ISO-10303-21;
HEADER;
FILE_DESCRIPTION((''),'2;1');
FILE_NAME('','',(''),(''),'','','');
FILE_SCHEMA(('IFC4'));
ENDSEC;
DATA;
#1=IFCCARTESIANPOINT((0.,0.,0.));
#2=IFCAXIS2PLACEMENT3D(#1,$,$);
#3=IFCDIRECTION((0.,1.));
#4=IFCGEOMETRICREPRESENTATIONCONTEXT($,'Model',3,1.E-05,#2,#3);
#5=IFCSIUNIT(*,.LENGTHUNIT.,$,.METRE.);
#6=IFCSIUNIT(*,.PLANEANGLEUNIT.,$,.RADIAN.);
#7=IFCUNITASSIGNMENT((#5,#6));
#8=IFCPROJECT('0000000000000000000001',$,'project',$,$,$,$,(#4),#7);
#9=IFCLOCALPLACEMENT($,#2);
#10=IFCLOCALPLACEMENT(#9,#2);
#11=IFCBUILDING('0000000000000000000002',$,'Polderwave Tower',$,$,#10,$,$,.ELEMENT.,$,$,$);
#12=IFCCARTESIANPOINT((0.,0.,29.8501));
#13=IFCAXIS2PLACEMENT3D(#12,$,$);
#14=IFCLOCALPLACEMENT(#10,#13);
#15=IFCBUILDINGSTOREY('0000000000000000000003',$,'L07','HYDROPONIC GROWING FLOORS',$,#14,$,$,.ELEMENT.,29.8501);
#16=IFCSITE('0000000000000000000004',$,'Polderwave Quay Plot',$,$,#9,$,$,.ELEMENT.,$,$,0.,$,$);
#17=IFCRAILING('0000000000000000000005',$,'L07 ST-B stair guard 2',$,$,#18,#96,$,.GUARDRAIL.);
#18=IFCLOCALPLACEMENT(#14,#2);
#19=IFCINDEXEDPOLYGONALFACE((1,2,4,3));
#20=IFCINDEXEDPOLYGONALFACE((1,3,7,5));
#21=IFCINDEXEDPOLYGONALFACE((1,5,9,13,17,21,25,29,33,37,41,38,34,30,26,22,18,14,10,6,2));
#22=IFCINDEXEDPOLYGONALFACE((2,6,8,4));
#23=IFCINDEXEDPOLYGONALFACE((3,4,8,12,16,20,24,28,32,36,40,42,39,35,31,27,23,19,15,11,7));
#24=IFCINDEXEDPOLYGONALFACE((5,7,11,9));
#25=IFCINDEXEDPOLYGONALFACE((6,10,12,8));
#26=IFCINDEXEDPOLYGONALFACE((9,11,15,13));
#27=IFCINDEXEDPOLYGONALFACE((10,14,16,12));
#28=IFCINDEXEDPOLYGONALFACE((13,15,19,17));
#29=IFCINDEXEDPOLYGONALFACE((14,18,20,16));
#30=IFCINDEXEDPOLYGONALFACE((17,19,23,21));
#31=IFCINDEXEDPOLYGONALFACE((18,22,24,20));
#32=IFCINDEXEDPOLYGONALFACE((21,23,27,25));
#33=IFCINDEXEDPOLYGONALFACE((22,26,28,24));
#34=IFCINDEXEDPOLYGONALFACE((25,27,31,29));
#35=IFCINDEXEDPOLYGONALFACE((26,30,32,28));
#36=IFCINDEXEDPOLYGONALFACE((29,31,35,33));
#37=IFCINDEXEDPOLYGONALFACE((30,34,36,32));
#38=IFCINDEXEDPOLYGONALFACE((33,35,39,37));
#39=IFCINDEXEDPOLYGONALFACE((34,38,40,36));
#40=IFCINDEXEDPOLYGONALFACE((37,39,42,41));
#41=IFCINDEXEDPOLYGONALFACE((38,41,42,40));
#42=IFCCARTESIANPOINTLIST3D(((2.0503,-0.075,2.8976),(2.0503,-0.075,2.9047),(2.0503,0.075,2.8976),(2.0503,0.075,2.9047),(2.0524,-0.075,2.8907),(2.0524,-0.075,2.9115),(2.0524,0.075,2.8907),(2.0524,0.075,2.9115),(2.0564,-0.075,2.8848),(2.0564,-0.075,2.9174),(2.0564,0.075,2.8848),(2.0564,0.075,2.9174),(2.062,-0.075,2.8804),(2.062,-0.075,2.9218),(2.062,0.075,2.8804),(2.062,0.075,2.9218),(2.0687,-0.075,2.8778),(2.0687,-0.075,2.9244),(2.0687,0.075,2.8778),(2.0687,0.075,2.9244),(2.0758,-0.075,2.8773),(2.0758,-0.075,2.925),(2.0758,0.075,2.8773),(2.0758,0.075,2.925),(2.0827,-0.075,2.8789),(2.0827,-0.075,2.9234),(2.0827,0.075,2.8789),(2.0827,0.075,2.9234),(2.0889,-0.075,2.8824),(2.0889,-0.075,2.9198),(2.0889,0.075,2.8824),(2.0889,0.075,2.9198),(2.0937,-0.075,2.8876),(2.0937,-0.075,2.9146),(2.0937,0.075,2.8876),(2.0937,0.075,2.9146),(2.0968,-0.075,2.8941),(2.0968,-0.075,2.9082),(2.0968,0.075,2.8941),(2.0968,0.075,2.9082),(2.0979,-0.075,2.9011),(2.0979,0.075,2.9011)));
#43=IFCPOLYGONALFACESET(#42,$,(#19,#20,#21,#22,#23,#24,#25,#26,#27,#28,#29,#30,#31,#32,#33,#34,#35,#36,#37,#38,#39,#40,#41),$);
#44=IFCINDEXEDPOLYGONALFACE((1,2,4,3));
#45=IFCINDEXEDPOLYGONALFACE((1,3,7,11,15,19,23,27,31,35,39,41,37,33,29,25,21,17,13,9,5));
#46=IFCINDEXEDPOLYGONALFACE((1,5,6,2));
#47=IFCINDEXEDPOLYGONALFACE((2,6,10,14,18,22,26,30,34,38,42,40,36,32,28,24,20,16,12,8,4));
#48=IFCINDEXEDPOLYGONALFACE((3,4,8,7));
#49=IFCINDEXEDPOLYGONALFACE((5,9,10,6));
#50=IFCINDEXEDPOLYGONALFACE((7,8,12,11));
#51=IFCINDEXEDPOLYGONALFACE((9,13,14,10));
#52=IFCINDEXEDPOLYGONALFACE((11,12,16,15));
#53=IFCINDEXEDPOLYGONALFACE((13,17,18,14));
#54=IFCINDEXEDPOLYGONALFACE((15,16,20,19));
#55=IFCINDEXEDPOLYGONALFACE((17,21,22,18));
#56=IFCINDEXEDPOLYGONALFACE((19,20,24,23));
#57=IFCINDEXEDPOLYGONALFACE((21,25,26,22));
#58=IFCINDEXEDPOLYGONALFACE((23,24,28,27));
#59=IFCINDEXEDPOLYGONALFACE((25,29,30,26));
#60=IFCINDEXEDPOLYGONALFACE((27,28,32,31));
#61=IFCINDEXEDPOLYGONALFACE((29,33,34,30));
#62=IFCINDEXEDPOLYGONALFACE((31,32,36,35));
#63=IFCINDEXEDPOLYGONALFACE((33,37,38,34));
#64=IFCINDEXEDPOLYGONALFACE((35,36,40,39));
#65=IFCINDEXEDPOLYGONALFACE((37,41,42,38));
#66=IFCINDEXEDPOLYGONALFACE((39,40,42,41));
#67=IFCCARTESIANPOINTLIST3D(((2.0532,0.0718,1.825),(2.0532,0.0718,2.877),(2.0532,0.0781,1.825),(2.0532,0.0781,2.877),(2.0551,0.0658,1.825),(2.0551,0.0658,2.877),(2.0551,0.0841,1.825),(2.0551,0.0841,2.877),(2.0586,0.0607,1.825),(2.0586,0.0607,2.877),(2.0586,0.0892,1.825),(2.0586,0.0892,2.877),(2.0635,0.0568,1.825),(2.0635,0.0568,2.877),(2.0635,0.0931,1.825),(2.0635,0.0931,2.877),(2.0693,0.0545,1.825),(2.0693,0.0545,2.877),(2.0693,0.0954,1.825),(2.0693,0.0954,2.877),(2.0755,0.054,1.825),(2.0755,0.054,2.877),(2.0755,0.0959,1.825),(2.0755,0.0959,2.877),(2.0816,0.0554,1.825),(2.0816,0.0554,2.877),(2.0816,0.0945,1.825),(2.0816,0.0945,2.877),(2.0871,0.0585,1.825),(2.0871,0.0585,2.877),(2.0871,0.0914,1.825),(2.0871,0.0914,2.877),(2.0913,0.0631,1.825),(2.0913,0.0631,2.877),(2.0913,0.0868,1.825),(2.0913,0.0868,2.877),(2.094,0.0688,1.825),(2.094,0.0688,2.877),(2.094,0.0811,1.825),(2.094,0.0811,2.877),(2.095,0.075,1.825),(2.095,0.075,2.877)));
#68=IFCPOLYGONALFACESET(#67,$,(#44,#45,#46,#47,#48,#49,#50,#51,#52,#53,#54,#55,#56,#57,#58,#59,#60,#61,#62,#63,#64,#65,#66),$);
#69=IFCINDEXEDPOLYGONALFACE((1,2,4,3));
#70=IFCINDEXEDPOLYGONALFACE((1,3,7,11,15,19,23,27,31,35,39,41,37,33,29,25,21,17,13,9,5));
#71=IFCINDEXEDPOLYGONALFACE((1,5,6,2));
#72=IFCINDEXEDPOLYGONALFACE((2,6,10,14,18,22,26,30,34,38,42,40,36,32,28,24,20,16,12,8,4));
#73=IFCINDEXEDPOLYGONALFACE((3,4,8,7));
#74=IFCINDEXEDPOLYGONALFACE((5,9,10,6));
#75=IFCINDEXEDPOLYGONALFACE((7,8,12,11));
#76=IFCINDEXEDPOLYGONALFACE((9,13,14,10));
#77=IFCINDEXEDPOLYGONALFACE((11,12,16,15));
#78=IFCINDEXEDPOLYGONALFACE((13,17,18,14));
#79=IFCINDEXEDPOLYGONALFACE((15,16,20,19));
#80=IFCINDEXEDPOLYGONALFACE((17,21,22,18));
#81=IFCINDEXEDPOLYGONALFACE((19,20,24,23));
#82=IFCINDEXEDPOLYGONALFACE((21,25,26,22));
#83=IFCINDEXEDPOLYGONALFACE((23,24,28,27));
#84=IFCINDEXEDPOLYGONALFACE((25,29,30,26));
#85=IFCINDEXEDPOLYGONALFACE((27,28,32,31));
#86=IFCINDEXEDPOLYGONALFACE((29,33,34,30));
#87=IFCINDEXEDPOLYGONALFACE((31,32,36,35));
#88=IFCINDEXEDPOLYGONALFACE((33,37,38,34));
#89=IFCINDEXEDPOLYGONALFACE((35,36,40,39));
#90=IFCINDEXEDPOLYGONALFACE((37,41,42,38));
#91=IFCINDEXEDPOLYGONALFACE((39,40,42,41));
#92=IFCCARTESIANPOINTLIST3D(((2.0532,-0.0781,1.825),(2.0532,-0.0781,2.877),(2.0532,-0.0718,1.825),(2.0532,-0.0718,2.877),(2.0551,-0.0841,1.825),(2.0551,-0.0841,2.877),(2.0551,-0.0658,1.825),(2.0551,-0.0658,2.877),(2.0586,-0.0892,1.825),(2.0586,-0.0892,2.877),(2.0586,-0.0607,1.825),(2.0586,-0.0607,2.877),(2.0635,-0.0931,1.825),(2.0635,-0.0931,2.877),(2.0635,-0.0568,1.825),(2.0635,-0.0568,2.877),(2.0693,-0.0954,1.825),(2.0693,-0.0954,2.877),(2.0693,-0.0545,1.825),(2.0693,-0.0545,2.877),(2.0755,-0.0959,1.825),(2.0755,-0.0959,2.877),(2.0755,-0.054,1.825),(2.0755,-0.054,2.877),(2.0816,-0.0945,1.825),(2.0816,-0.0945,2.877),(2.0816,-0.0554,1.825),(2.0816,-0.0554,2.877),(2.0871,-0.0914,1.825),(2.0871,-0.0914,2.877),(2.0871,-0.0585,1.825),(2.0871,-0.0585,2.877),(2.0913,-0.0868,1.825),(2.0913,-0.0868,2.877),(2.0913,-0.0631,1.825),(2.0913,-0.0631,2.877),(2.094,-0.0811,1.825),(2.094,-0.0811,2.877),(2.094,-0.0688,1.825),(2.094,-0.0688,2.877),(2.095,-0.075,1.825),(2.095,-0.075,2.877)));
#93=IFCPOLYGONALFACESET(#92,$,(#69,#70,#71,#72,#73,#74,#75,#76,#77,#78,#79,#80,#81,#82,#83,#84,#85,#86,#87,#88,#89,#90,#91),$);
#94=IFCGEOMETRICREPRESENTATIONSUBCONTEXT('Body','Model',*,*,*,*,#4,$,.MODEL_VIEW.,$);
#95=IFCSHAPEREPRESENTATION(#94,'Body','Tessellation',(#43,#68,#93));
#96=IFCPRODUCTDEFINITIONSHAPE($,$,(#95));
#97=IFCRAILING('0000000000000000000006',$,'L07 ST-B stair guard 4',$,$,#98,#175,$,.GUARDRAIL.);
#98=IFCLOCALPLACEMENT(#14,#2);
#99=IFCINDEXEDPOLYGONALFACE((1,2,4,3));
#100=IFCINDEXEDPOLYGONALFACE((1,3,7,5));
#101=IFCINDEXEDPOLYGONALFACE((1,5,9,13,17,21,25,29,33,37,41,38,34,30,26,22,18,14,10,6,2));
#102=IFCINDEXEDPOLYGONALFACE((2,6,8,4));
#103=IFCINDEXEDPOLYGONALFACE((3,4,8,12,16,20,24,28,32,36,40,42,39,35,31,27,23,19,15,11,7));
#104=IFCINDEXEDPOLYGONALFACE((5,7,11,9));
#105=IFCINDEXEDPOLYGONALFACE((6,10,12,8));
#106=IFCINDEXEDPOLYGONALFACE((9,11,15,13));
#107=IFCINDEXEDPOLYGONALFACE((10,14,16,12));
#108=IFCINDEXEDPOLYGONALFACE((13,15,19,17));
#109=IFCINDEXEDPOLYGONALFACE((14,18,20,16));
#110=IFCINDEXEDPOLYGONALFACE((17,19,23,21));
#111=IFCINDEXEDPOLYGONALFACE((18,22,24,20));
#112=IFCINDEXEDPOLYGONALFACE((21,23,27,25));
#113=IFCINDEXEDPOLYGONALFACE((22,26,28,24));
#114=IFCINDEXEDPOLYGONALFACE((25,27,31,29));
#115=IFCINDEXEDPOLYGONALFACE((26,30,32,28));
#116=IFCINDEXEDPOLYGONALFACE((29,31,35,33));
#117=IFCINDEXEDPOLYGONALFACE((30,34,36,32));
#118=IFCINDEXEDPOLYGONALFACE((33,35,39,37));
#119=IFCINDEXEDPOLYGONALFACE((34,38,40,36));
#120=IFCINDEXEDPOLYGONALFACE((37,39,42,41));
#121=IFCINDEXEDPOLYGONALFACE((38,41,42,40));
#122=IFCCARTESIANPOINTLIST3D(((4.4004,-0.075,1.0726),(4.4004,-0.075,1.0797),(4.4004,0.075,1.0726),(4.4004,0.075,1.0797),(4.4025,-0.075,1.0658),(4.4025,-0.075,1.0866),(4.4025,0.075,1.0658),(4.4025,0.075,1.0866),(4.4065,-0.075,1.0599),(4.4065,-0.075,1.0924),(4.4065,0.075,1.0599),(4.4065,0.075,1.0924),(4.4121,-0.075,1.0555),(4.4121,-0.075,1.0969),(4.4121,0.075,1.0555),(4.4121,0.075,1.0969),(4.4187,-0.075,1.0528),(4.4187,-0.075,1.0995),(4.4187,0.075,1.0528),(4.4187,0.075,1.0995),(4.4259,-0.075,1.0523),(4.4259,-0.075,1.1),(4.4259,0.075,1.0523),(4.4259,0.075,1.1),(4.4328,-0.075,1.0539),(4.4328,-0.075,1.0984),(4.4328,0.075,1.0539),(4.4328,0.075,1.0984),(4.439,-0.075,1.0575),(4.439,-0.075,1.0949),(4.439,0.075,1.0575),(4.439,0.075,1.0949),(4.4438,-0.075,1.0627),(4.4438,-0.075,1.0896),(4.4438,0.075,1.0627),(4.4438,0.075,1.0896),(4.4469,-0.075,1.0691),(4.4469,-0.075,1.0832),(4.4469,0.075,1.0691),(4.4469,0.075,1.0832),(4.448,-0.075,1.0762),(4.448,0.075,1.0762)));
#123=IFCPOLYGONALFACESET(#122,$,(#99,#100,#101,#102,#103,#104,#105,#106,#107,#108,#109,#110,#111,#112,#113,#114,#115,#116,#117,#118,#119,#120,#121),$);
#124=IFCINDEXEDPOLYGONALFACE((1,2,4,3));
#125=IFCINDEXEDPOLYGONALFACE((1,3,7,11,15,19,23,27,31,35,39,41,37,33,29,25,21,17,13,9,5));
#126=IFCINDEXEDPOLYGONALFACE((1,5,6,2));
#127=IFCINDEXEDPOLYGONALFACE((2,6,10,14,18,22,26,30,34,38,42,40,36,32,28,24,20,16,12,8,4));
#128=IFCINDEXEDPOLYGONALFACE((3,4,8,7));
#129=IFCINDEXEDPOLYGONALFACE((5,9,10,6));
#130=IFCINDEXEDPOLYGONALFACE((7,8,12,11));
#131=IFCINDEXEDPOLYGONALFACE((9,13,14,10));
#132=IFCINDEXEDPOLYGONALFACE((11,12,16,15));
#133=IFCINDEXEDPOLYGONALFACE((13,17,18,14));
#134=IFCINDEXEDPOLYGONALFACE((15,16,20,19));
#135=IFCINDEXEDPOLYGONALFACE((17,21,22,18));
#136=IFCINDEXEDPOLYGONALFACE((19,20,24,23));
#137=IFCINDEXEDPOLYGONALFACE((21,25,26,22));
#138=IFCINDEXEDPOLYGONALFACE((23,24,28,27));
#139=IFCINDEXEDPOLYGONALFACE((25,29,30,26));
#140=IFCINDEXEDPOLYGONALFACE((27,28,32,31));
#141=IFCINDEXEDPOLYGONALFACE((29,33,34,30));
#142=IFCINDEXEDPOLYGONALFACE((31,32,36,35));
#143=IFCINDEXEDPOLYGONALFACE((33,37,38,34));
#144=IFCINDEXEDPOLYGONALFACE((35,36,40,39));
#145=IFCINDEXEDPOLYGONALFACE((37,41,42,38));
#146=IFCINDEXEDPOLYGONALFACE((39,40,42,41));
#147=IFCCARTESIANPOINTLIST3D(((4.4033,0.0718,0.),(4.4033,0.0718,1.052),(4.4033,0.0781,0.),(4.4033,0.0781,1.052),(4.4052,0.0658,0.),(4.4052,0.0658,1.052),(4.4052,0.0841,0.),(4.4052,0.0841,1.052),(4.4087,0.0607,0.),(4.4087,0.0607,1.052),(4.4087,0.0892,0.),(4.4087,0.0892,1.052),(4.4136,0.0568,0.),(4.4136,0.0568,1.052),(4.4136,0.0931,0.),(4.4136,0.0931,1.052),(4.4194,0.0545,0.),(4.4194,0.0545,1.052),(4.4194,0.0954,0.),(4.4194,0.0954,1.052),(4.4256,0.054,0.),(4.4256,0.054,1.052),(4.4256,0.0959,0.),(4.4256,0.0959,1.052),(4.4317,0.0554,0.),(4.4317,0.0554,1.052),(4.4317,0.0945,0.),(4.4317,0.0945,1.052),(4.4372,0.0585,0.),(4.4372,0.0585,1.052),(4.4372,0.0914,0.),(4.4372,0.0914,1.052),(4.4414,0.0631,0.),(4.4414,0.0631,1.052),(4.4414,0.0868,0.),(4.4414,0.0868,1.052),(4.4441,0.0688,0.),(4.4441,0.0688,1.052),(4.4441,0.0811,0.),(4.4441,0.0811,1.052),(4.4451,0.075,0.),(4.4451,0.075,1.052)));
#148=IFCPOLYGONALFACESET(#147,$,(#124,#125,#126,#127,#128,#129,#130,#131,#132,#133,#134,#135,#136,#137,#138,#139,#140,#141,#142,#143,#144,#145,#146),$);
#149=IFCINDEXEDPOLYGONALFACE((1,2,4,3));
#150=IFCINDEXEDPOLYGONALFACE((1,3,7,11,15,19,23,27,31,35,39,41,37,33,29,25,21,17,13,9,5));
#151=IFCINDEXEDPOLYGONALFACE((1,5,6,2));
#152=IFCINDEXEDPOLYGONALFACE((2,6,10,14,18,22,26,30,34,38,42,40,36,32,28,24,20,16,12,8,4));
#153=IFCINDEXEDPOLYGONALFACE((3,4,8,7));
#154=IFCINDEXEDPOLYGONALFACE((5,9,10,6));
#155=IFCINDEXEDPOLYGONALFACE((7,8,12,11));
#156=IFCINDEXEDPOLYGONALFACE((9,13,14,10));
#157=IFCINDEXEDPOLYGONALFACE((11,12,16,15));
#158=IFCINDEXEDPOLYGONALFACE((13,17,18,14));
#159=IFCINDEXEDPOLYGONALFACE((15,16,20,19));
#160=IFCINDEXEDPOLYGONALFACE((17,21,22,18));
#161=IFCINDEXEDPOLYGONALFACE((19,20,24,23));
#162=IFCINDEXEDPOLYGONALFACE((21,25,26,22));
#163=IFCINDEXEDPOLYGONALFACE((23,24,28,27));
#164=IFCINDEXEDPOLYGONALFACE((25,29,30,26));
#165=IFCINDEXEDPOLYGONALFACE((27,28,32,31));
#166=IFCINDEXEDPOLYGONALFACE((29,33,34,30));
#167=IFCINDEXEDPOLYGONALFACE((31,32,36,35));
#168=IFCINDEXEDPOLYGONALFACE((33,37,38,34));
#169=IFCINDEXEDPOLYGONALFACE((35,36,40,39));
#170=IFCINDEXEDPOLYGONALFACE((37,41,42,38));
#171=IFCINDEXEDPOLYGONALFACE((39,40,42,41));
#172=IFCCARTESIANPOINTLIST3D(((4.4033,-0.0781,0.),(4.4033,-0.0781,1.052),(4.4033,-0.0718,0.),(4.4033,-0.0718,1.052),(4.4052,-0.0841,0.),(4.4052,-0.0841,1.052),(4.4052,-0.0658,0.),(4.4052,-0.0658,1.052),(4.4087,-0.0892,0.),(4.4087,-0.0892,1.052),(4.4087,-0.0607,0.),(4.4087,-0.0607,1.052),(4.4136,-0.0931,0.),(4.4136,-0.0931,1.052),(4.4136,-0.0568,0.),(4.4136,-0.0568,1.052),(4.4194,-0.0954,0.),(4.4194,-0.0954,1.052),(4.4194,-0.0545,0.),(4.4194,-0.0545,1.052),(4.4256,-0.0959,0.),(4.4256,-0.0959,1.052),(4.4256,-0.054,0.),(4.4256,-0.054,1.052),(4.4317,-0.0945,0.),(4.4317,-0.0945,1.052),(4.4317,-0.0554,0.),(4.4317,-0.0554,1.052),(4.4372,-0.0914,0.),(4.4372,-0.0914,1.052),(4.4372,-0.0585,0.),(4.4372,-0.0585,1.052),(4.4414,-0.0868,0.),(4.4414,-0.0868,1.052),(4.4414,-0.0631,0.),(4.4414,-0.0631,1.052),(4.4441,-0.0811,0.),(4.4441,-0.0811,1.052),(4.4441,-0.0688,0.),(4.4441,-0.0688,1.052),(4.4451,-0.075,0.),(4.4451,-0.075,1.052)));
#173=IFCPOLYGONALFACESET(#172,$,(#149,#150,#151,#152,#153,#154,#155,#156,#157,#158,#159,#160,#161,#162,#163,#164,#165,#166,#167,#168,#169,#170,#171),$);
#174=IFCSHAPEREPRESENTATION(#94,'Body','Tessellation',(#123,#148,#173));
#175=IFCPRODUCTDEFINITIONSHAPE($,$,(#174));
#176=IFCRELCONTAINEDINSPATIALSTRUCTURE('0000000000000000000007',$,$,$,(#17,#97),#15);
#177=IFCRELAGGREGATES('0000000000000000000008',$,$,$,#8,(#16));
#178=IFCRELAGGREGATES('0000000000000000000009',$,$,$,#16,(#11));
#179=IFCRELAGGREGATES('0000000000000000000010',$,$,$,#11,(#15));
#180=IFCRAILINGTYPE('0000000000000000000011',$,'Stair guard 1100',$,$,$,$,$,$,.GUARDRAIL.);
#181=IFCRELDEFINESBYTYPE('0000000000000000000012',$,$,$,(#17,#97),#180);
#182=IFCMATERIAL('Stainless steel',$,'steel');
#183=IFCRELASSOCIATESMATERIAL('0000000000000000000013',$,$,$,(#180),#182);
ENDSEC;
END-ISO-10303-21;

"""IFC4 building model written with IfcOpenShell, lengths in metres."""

from ifc_helpers import new_model, si_unit, direction, frame, origin, origin_2d, place, context, subcontext, project, spatial, circle, extrude, material, type_object, element, save


model = new_model("IFC4")

# Units and contexts
model_context = context("Model", 3, precision=1e-05, world=origin(), true_north=direction((0.0, 1.0)))
body_context = subcontext(model_context, "Body", "Model", "MODEL_VIEW")
ifc_project = project(units=[si_unit("LENGTHUNIT", "METRE"), si_unit("PLANEANGLEUNIT", "RADIAN")], contexts=[model_context])

# Site, building, storey
site_placement = place(None, origin())
site = spatial("IfcSite", under=ifc_project, at=site_placement, Name="Polderwave Quay Plot", CompositionType="ELEMENT", RefElevation=0.0)
building_placement = place(site_placement, origin())
building = spatial("IfcBuilding", under=site, at=building_placement, Name="Polderwave Tower", CompositionType="ELEMENT")
storey_placement = place(building_placement, frame((0.0, 0.0, 29.8501)))
storey = spatial("IfcBuildingStorey", under=building, at=storey_placement, Name="L07", Description="HYDROPONIC GROWING FLOORS", CompositionType="ELEMENT", Elevation=29.8501)

# Railings
ifc_material_1 = material(Name="Stainless steel", Category="steel")
railing_type_1 = type_object("IfcRailingType", Name="Stair guard 1100", PredefinedType="GUARDRAIL", material=ifc_material_1)
for number, where, name in (
    (1, (2.074, 0.075, 1.825), "L07 ST-B stair guard 2"),
    (2, (4.4241, 0.075, 0.0), "L07 ST-B stair guard 4"),
):
    element("IfcRailing", number, at=place(storey_placement, frame(where)), inside=storey, type_object=railing_type_1, Name=name, PredefinedType="GUARDRAIL", context=body_context, shape_type="SweptSolid", body=[
        extrude(circle(Radius=0.0239, at=origin_2d()), frame((0.0, 0.0, 1.0762), z_axis=(0.0, -1.0, 0.0), x_axis=(1.0, 0.0, 0.0)), (0.0, 0.0, 1.0), 0.1499),
        extrude(circle(Radius=0.021, at=origin_2d()), origin(), (0.0, 0.0, 1.0), 1.052),
        extrude(circle(Radius=0.021, at=origin_2d()), frame((0.0, -0.1499, 0.0)), (0.0, 0.0, 1.0), 1.052),
    ])

save(model, "model.ifc")
